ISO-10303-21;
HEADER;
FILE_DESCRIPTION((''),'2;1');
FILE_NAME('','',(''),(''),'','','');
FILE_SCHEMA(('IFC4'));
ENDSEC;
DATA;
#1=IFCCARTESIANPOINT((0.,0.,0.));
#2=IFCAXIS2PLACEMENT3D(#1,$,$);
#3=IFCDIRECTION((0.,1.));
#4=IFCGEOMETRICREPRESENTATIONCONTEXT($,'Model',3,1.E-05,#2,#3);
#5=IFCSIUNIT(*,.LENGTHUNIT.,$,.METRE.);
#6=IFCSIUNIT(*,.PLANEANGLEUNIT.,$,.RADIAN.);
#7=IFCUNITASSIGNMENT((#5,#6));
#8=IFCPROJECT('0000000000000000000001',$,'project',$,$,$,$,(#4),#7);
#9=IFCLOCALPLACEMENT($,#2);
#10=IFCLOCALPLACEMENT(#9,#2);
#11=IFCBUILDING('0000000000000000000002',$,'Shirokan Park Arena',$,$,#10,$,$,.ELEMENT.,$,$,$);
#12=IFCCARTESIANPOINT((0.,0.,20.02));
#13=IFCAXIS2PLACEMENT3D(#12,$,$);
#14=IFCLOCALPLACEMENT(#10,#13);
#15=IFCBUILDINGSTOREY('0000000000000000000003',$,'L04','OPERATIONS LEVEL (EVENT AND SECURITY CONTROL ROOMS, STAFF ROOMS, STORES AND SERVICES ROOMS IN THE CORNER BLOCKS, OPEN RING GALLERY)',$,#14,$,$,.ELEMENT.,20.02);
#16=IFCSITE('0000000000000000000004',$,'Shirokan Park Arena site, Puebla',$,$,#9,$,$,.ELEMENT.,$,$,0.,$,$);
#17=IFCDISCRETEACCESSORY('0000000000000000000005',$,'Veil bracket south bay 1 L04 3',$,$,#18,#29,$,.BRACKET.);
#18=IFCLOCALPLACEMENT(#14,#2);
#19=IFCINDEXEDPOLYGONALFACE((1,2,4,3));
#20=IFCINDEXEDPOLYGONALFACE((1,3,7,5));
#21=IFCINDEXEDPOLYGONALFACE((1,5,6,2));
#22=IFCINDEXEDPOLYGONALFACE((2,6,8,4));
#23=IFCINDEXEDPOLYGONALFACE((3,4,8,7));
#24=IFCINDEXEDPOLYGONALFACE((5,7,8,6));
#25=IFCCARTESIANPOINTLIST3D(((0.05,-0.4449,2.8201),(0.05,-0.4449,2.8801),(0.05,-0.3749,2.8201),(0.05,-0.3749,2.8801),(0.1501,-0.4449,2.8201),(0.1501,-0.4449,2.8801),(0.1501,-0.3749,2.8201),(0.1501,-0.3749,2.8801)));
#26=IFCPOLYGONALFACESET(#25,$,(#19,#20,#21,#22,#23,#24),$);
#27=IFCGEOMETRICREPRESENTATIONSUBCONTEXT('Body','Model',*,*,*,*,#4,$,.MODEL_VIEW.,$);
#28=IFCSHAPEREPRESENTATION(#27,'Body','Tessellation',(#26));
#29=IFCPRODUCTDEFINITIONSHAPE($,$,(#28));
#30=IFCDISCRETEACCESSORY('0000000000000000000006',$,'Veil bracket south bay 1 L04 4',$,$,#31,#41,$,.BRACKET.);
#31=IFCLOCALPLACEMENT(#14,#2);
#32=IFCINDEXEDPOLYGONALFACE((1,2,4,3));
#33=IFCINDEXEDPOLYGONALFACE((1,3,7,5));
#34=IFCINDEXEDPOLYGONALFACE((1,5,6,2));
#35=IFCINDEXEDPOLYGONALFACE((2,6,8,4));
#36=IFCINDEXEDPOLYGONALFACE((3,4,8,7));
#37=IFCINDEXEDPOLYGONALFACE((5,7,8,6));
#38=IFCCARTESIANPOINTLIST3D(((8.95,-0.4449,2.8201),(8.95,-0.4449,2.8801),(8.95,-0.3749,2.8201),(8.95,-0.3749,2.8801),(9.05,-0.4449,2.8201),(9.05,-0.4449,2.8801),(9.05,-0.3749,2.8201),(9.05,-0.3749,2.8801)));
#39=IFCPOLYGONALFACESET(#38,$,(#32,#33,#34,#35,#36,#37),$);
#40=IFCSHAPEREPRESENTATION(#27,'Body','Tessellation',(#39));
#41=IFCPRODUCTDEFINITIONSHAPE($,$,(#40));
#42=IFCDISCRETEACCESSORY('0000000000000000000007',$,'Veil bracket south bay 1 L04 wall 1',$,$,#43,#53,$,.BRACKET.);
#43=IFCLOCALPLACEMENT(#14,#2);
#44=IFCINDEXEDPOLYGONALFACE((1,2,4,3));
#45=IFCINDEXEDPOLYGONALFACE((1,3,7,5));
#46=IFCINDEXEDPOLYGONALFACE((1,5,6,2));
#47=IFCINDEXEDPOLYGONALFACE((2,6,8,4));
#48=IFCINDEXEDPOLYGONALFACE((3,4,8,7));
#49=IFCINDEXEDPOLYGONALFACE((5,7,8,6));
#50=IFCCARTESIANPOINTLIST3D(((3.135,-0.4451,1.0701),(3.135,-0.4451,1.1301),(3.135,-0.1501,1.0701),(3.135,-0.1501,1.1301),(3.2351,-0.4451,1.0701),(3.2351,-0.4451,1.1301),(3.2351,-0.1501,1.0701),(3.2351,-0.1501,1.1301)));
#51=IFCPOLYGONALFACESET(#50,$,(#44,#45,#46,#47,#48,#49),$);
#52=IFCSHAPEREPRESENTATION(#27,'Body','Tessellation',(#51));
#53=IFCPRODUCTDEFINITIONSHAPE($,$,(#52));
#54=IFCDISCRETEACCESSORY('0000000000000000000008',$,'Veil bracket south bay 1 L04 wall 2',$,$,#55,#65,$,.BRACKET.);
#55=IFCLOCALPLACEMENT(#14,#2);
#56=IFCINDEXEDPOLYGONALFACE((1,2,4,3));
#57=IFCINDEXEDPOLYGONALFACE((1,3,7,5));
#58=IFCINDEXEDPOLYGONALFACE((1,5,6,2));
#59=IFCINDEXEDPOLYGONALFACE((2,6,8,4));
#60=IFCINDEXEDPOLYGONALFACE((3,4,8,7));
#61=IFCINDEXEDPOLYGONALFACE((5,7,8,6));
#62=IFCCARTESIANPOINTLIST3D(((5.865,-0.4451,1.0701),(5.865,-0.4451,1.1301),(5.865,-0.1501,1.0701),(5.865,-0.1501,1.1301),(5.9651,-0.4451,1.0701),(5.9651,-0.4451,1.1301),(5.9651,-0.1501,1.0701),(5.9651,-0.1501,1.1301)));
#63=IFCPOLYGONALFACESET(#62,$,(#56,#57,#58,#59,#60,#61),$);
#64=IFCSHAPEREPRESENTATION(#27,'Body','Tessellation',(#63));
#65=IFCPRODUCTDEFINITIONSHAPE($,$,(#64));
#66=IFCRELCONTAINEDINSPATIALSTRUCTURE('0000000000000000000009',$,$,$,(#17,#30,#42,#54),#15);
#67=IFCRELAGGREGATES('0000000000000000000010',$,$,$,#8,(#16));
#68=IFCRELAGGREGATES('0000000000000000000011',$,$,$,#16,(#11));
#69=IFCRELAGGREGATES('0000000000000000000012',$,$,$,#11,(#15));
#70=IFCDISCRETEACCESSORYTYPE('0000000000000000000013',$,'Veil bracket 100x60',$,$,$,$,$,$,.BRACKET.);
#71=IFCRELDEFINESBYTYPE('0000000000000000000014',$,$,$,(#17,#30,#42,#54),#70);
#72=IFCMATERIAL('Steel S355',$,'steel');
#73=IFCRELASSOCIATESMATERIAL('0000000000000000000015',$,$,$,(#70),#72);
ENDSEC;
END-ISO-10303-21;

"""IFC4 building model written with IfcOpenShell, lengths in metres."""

from ifc_helpers import new_model, si_unit, direction, frame, origin, origin_2d, place, context, subcontext, project, spatial, rectangle, extrude, material, type_object, element, save


model = new_model("IFC4")

# Units and contexts
model_context = context("Model", 3, precision=1e-05, world=origin(), true_north=direction((0.0, 1.0)))
body_context = subcontext(model_context, "Body", "Model", "MODEL_VIEW")
ifc_project = project(units=[si_unit("LENGTHUNIT", "METRE"), si_unit("PLANEANGLEUNIT", "RADIAN")], contexts=[model_context])

# Site, building, storey
site_placement = place(None, origin())
site = spatial("IfcSite", under=ifc_project, at=site_placement, Name="Shirokan Park Arena site, Puebla", CompositionType="ELEMENT", RefElevation=0.0)
building_placement = place(site_placement, origin())
building = spatial("IfcBuilding", under=site, at=building_placement, Name="Shirokan Park Arena", CompositionType="ELEMENT")
storey_placement = place(building_placement, frame((0.0, 0.0, 20.02)))
storey = spatial("IfcBuildingStorey", under=building, at=storey_placement, Name="L04", Description="OPERATIONS LEVEL (EVENT AND SECURITY CONTROL ROOMS, STAFF ROOMS, STORES AND SERVICES ROOMS IN THE CORNER BLOCKS, OPEN RING GALLERY)", CompositionType="ELEMENT", Elevation=20.02)

# Discrete accessories
ifc_material_1 = material(Name="Steel S355", Category="steel")
discrete_accessory_type = type_object("IfcDiscreteAccessoryType", Name="Veil bracket 100x60", PredefinedType="BRACKET", material=ifc_material_1)
for number, where, z_axis, x_axis, name in (
    (1, (0.1001, -0.4099, 2.8201), (0.0, 0.0, 1.0), (1.0, 0.0, 0.0), "Veil bracket south bay 1 L04 3"),
    (2, (9.0, -0.4099, 2.8201), (0.0, 0.0, 1.0), (1.0, 0.0, 0.0), "Veil bracket south bay 1 L04 4"),
):
    element("IfcDiscreteAccessory", number, at=place(storey_placement, frame(where, z_axis=z_axis, x_axis=x_axis)), inside=storey, type_object=discrete_accessory_type, Name=name, PredefinedType="BRACKET", context=body_context, shape_type="SweptSolid", body=[
        extrude(rectangle(XDim=0.1001, YDim=0.0701, at=origin_2d()), origin(), (0.0, 0.0, 1.0), 0.0601),
    ])
for number, where, z_axis, x_axis, name in (
    (3, (3.1851, -0.2976, 1.0701), (0.0, 0.0, 1.0), (1.0, 0.0, 0.0), "Veil bracket south bay 1 L04 wall 1"),
    (4, (5.915, -0.2976, 1.0701), (0.0, 0.0, 1.0), (1.0, 0.0, 0.0), "Veil bracket south bay 1 L04 wall 2"),
):
    element("IfcDiscreteAccessory", number, at=place(storey_placement, frame(where, z_axis=z_axis, x_axis=x_axis)), inside=storey, type_object=discrete_accessory_type, Name=name, PredefinedType="BRACKET", context=body_context, shape_type="SweptSolid", body=[
        extrude(rectangle(XDim=0.1001, YDim=0.2949, at=origin_2d()), origin(), (0.0, 0.0, 1.0), 0.0601),
    ])

save(model, "model.ifc")
